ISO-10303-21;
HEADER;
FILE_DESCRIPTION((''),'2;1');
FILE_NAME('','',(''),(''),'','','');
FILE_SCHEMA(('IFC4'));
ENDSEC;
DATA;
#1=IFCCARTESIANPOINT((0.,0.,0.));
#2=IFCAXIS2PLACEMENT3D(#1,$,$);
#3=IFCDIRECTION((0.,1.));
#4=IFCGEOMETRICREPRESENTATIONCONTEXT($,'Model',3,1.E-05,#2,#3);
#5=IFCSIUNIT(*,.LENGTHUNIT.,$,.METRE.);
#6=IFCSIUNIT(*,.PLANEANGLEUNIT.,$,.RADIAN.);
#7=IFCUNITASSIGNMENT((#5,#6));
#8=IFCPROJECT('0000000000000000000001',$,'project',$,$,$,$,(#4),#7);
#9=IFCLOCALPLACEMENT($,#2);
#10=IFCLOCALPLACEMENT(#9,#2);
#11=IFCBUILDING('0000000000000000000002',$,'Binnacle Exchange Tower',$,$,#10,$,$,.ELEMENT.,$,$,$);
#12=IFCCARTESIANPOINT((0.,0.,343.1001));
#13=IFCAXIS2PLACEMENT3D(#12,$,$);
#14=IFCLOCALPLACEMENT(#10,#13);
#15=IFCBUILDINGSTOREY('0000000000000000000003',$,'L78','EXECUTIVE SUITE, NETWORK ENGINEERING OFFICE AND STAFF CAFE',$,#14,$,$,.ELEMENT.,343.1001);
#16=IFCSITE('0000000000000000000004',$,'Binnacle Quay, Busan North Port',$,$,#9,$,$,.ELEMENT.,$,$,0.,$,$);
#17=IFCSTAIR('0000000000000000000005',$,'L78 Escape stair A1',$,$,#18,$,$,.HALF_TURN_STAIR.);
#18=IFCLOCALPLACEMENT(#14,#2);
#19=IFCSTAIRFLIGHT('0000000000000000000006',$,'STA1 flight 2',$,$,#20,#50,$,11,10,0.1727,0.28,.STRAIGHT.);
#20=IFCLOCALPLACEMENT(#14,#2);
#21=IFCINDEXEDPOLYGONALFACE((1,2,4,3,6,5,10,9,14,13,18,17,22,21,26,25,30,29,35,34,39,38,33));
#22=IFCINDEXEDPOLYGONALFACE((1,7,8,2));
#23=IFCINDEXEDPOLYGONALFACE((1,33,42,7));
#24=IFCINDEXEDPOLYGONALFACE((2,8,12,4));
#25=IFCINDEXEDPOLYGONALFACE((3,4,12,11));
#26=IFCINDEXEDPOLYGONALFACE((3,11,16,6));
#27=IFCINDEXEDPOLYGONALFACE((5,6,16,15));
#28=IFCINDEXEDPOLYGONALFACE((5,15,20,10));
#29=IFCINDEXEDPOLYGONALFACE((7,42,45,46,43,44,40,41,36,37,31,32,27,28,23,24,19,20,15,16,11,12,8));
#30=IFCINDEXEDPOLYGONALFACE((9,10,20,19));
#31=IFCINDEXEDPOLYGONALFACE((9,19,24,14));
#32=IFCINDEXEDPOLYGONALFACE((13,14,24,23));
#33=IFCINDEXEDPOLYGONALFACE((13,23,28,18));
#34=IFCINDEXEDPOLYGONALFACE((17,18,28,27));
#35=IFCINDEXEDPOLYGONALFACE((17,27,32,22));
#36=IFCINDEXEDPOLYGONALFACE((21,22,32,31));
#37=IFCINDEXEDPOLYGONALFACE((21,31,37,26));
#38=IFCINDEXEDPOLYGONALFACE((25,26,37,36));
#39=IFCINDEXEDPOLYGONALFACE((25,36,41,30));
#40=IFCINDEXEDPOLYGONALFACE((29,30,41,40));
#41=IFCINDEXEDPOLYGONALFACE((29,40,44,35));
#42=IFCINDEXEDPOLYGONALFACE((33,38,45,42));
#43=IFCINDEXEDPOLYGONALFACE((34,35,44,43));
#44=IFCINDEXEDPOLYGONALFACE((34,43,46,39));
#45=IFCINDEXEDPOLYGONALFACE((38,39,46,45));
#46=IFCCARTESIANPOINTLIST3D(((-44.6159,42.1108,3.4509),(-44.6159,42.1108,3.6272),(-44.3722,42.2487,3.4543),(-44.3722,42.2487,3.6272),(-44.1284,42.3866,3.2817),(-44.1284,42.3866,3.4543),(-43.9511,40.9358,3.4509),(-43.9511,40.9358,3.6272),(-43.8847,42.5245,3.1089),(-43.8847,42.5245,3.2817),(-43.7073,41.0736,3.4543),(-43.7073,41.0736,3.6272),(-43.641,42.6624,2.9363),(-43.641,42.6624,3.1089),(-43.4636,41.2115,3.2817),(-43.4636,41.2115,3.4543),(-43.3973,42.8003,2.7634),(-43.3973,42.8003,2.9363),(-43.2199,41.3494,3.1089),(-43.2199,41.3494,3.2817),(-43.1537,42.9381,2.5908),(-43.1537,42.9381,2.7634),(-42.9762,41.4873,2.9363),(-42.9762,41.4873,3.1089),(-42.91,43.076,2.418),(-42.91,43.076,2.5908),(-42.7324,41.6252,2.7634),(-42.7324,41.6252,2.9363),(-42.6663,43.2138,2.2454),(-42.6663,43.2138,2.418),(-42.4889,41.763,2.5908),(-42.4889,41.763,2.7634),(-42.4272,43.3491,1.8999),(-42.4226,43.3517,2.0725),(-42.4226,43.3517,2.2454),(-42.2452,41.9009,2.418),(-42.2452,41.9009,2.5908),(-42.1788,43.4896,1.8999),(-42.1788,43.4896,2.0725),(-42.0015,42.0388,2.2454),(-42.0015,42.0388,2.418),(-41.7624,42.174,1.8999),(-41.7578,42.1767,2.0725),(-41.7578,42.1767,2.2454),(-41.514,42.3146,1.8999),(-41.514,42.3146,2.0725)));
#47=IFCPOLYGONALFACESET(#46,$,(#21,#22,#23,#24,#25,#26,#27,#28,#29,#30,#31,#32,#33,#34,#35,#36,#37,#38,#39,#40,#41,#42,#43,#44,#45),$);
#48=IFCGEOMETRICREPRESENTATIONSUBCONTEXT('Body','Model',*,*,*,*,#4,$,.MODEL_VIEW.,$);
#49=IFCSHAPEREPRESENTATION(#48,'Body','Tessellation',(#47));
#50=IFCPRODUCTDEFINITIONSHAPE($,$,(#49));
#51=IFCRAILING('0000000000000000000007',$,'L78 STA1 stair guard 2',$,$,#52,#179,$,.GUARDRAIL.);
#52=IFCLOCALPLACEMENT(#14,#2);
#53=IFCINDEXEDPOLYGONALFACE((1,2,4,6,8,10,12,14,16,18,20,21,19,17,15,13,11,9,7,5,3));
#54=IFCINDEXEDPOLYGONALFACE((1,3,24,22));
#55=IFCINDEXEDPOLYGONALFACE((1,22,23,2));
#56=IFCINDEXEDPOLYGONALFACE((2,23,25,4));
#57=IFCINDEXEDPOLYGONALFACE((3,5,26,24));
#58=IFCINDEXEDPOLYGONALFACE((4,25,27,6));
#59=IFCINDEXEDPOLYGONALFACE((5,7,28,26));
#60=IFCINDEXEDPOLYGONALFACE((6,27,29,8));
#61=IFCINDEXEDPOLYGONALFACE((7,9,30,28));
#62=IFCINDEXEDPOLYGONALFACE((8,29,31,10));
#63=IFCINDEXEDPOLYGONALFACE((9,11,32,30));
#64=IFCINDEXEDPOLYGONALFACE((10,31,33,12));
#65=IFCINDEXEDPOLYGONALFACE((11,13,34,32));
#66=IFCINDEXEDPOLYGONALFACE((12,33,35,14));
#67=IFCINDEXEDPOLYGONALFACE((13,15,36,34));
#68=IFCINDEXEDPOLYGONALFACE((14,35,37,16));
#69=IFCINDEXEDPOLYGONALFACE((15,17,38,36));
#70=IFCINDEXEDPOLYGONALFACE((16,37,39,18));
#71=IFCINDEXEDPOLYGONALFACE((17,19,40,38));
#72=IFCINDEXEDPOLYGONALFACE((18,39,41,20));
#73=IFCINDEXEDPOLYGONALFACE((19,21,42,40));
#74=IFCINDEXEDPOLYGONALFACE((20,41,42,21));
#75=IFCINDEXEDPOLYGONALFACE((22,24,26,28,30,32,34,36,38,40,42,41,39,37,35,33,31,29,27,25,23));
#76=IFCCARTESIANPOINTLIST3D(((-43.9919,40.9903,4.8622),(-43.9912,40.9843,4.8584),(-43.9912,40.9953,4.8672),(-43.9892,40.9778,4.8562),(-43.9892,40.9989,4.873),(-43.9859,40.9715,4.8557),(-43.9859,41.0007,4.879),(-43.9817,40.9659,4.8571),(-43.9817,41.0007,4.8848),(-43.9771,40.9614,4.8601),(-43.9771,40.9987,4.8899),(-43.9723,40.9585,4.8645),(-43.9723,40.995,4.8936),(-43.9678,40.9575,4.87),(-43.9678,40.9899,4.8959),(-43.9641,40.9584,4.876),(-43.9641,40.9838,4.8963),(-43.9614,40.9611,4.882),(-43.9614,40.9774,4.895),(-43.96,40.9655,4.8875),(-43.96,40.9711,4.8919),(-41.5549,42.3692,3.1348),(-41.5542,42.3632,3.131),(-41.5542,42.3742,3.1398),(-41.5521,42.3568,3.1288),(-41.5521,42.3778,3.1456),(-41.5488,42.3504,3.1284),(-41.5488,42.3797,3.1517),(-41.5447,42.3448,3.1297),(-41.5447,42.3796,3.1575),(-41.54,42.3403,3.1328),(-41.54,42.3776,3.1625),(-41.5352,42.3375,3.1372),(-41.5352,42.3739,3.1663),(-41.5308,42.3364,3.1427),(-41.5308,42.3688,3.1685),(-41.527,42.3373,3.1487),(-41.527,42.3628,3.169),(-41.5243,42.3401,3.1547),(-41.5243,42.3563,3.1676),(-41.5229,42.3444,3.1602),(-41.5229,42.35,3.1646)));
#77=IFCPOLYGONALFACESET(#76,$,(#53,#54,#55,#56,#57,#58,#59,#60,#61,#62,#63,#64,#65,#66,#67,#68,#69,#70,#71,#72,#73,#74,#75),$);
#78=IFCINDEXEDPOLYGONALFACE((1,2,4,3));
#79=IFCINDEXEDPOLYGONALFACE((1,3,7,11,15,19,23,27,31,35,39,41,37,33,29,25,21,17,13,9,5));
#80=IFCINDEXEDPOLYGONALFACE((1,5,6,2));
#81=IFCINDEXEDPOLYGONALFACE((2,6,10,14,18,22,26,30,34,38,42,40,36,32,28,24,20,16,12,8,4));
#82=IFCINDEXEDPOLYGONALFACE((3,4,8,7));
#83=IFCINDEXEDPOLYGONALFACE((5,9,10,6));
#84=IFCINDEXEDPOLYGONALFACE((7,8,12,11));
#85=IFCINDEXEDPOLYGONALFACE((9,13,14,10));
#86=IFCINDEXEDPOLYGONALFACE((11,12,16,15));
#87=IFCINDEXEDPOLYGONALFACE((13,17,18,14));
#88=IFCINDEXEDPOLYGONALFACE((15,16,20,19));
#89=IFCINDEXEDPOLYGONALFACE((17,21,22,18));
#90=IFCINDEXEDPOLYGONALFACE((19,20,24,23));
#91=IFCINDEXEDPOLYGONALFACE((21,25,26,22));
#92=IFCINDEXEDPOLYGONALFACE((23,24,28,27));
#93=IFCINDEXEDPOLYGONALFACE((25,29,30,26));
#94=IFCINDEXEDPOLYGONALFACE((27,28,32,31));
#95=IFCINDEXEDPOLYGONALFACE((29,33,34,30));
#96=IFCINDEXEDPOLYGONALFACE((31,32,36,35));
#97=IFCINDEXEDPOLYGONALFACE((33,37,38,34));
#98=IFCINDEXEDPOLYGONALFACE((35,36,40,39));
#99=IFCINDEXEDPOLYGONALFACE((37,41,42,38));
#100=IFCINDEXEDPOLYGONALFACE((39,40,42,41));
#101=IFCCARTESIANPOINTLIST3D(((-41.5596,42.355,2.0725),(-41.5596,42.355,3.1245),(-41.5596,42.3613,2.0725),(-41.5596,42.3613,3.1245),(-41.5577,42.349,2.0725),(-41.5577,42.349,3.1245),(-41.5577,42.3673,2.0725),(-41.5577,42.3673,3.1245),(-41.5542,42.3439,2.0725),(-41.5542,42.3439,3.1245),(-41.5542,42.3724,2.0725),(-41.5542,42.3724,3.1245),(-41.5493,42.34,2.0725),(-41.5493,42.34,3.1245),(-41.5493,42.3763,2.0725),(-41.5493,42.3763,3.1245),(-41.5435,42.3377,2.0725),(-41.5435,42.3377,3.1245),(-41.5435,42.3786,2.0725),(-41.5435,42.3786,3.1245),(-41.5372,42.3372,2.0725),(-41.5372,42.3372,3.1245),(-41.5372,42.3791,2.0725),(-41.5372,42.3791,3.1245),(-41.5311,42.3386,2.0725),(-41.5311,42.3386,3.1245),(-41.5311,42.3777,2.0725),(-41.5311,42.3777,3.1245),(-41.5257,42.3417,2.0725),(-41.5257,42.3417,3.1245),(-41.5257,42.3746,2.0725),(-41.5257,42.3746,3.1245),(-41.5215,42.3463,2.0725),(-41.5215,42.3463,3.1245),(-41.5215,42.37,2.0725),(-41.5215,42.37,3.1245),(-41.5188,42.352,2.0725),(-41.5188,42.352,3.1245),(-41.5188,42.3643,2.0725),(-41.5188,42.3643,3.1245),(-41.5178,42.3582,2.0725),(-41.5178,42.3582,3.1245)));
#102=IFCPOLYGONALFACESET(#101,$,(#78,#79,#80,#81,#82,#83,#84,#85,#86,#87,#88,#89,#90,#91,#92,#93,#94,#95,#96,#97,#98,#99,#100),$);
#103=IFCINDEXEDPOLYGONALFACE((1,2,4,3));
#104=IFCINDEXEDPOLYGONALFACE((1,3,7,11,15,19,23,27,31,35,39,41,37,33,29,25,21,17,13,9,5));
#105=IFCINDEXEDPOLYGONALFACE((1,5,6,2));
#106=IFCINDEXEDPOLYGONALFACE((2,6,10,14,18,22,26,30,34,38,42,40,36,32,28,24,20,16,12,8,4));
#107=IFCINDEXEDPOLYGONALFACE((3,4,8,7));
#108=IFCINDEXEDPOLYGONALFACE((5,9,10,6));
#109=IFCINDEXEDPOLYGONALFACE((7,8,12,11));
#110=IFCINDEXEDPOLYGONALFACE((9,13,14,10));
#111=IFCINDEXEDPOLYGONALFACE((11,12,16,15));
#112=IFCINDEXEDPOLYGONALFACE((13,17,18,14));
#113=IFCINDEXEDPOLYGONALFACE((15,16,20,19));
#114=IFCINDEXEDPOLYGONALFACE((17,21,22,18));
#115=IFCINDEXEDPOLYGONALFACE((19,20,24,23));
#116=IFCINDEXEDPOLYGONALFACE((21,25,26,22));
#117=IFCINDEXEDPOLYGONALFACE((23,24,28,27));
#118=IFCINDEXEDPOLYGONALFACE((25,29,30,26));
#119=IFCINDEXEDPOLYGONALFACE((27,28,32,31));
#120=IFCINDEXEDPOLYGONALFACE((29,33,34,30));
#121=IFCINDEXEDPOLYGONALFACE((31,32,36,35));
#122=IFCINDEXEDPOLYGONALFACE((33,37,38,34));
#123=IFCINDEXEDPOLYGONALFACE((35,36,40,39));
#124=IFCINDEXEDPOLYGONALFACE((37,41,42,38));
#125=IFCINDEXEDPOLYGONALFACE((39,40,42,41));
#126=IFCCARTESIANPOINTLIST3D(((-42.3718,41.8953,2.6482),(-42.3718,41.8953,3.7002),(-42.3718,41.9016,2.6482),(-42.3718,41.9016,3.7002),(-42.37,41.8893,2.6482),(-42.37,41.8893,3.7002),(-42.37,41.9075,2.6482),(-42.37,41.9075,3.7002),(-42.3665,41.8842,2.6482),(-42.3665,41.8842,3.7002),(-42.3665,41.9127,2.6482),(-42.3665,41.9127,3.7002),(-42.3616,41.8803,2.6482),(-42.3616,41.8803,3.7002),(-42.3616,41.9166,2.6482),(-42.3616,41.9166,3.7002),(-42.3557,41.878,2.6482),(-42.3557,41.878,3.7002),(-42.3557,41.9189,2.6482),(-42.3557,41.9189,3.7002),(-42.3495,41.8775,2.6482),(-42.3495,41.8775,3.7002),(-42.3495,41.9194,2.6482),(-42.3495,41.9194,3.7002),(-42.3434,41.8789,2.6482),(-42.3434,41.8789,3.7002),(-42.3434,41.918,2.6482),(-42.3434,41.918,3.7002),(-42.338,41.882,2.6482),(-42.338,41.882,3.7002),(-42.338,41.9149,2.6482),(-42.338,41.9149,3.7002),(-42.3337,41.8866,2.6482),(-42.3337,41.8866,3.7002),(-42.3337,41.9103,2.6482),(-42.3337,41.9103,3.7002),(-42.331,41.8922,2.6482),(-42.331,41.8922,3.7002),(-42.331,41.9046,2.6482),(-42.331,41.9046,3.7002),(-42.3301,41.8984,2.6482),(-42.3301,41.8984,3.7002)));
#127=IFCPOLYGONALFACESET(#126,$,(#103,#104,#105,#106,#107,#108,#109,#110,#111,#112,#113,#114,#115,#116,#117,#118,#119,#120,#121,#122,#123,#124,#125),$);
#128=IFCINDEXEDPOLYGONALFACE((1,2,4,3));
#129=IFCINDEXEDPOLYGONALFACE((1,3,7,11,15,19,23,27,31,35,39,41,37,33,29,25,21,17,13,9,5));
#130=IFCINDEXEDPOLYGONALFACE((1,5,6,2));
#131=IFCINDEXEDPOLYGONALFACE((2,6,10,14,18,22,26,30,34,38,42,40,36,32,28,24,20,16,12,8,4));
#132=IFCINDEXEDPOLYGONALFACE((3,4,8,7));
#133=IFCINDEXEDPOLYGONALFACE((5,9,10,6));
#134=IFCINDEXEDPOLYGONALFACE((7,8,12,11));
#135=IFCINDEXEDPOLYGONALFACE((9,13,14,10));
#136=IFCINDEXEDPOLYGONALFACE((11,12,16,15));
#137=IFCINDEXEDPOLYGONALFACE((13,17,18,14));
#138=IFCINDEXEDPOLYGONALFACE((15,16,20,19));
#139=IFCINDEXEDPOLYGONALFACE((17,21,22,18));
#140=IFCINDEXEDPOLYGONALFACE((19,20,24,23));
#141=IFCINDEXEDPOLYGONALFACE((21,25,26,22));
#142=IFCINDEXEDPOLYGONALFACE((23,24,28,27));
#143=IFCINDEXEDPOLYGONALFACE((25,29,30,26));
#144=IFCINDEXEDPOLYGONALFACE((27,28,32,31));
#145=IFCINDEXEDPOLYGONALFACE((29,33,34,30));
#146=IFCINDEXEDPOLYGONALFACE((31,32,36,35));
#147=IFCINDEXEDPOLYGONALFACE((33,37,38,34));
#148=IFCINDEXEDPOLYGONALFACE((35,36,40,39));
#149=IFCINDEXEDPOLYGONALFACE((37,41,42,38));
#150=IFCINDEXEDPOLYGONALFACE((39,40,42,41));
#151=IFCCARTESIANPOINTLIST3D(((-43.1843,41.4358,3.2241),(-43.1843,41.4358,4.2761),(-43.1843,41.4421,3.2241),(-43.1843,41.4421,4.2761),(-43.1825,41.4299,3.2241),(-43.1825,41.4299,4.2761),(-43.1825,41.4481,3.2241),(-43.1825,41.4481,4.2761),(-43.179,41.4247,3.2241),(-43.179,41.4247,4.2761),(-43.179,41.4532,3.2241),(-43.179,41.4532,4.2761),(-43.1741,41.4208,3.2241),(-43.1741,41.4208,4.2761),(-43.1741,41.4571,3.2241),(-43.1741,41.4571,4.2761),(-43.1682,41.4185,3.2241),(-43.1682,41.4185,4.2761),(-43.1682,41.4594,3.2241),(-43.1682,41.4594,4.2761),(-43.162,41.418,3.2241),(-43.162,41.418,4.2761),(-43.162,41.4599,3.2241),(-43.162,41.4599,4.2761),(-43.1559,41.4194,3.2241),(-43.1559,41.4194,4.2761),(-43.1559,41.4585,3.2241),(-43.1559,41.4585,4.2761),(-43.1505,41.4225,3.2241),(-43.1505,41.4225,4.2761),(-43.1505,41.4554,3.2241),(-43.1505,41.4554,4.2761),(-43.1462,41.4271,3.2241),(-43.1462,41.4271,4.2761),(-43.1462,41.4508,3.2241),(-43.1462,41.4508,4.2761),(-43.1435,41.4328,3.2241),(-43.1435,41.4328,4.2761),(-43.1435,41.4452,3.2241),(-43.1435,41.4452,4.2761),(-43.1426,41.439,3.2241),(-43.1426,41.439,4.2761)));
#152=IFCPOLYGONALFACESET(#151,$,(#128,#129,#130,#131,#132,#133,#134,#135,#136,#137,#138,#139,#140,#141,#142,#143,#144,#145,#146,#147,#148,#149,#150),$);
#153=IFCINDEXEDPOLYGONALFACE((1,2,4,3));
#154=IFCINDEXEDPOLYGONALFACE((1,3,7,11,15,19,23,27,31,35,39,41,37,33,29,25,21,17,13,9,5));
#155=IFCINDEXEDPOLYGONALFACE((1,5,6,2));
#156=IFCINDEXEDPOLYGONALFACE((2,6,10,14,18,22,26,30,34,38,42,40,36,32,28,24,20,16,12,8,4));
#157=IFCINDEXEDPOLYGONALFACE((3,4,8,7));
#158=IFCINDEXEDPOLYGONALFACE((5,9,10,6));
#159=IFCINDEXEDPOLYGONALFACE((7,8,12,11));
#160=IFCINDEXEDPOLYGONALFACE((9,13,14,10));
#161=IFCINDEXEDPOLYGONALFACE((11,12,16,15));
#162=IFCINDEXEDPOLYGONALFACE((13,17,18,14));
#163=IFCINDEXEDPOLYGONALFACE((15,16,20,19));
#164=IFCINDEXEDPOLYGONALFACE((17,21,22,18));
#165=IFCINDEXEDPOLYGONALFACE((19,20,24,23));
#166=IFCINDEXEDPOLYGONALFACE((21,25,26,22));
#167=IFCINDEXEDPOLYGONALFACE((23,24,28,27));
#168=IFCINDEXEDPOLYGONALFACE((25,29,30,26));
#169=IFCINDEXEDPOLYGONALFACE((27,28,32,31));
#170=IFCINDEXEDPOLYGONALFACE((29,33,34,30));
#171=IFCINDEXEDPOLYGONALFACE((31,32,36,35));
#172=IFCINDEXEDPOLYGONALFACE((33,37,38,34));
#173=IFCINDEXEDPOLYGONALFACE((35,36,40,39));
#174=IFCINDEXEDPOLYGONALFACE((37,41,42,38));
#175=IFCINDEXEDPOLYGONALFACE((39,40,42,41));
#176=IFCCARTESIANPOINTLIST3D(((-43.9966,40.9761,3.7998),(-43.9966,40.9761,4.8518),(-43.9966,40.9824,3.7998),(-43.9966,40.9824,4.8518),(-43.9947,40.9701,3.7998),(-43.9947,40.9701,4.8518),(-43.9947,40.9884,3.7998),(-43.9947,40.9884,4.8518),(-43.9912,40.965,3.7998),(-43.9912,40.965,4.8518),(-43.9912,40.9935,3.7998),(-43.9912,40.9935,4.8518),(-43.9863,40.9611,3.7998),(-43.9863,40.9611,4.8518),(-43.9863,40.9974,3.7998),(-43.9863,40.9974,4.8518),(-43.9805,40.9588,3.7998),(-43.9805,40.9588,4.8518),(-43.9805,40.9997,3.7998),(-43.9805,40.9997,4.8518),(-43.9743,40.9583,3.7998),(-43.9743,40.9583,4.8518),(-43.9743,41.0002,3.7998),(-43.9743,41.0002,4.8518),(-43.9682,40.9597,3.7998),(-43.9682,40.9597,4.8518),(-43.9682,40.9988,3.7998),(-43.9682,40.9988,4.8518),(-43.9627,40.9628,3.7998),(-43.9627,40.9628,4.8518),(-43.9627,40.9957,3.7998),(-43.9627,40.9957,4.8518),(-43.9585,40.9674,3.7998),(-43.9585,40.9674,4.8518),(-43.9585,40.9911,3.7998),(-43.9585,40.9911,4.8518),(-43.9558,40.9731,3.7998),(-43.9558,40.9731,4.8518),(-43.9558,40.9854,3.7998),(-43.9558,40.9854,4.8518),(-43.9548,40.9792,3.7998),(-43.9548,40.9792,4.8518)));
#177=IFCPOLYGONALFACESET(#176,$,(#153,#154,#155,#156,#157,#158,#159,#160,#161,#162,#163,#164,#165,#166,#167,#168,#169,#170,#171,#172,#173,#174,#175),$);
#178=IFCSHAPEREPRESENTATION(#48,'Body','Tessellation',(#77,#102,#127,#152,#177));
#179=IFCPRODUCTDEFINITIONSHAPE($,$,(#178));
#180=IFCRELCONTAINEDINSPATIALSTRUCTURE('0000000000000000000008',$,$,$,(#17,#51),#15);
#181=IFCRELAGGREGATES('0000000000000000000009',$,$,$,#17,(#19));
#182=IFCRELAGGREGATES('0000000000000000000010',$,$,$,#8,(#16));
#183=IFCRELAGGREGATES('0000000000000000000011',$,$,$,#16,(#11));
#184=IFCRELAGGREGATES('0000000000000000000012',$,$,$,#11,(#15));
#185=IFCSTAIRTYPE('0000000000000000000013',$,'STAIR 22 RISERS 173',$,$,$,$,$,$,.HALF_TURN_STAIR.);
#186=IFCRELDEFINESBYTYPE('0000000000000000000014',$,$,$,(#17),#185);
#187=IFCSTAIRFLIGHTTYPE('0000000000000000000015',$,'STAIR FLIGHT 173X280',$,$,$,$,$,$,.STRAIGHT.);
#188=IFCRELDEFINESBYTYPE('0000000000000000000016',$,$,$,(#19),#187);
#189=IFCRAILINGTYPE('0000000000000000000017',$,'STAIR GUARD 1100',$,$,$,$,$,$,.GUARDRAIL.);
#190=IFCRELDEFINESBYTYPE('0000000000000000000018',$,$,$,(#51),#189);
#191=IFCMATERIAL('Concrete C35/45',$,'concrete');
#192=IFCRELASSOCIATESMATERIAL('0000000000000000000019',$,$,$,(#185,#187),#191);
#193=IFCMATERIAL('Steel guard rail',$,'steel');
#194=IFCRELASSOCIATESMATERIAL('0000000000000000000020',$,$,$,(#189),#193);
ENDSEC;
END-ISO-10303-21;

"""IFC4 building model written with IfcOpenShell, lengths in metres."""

from ifc_helpers import new_model, si_unit, direction, frame, origin, origin_2d, place, context, subcontext, project, spatial, polyline, circle, outline, extrude, material, type_object, element, aggregate, save


model = new_model("IFC4")

# Units and contexts
model_context = context("Model", 3, precision=1e-05, world=origin(), true_north=direction((0.0, 1.0)))
body_context = subcontext(model_context, "Body", "Model", "MODEL_VIEW")
ifc_project = project(units=[si_unit("LENGTHUNIT", "METRE"), si_unit("PLANEANGLEUNIT", "RADIAN")], contexts=[model_context])

# Site, building, storey
site_placement = place(None, origin())
site = spatial("IfcSite", under=ifc_project, at=site_placement, Name="Binnacle Quay, Busan North Port", CompositionType="ELEMENT", RefElevation=0.0)
building_placement = place(site_placement, origin())
building = spatial("IfcBuilding", under=site, at=building_placement, Name="Binnacle Exchange Tower", CompositionType="ELEMENT")
storey_placement = place(building_placement, frame((0.0, 0.0, 343.1001)))
storey = spatial("IfcBuildingStorey", under=building, at=storey_placement, Name="L78", Description="EXECUTIVE SUITE, NETWORK ENGINEERING OFFICE AND STAFF CAFE", CompositionType="ELEMENT", Elevation=343.1001)

# Stair, stair flight
ifc_material_1 = material(Name="Concrete C35/45", Category="concrete")
stair_type = type_object("IfcStairType", Name="STAIR 22 RISERS 173", PredefinedType="HALF_TURN_STAIR", material=ifc_material_1)
stair_placement = place(storey_placement, origin())
stair = element("IfcStair", 1, at=stair_placement, inside=storey, type_object=stair_type, Name="L78 Escape stair A1", PredefinedType="HALF_TURN_STAIR")
stair_flight_type = type_object("IfcStairFlightType", Name="STAIR FLIGHT 173X280", PredefinedType="STRAIGHT", material=ifc_material_1)
stair_flight_1_placement = place(storey_placement, frame((-41.8464, 42.9021, 1.8999), z_axis=(0.0, 0.0, 1.0), x_axis=(-0.870356, -0.492424, 0.0)))
stair_flight_1 = element("IfcStairFlight", 2, at=stair_flight_1_placement, type_object=stair_flight_type, Name="STA1 flight 2", NumberOfRisers=11, NumberOfTreads=10, PredefinedType="STRAIGHT", RiserHeight=0.1727, TreadLength=0.28, context=body_context, shape_type="SweptSolid", body=[
    extrude(outline(polyline([(0.0, 0.0), (0.0, 0.1726), (0.28, 0.1726), (0.28, 0.3455), (0.5601, 0.3455), (0.5601, 0.5181), (0.8401, 0.5181), (0.8401, 0.6909), (1.1201, 0.6909), (1.1201, 0.8635), (1.3999, 0.8635), (1.3999, 1.0364), (1.6799, 1.0364), (1.6799, 1.209), (1.96, 1.209), (1.96, 1.3818), (2.24, 1.3818), (2.24, 1.5544), (2.52, 1.5544), (2.52, 1.7273), (2.8, 1.7273), (2.8, 1.8999), (2.8, 1.551), (0.2854, 0.0), (0.0, 0.0)])), frame((0.0, 0.675, 0.0), z_axis=(0.0, -1.0, 0.0), x_axis=(1.0, 0.0, 0.0)), (0.0, 0.0, 1.0), 1.3501),
])
aggregate(stair, [stair_flight_1])

# Railing
ifc_material_2 = material(Name="Steel guard rail", Category="steel")
railing_type_1 = type_object("IfcRailingType", Name="STAIR GUARD 1100", PredefinedType="GUARDRAIL", material=ifc_material_2)
railing_1_placement = place(storey_placement, frame((-41.5388, 42.3582, 2.0725)))
element("IfcRailing", 3, at=railing_1_placement, inside=storey, type_object=railing_type_1, Name="L78 STA1 stair guard 2", PredefinedType="GUARDRAIL", context=body_context, shape_type="SweptSolid", body=[
    extrude(circle(Radius=0.0239, at=origin_2d()), frame((0.0, 0.0, 1.0762), z_axis=(-0.740738, -0.419123, 0.525017), x_axis=(0.492454, -0.870339, 0.0)), (0.0, 0.0, 1.0), 3.29),
    extrude(circle(Radius=0.021, at=origin_2d()), origin(), (0.0, 0.0, 1.0), 1.052),
    extrude(circle(Radius=0.021, at=origin_2d()), frame((-0.8123, -0.4597, 0.5757)), (0.0, 0.0, 1.0), 1.052),
    extrude(circle(Radius=0.021, at=origin_2d()), frame((-1.6248, -0.9192, 1.1516)), (0.0, 0.0, 1.0), 1.052),
    extrude(circle(Radius=0.021, at=origin_2d()), frame((-2.437, -1.3789, 1.7273)), (0.0, 0.0, 1.0), 1.052),
])

save(model, "model.ifc")
